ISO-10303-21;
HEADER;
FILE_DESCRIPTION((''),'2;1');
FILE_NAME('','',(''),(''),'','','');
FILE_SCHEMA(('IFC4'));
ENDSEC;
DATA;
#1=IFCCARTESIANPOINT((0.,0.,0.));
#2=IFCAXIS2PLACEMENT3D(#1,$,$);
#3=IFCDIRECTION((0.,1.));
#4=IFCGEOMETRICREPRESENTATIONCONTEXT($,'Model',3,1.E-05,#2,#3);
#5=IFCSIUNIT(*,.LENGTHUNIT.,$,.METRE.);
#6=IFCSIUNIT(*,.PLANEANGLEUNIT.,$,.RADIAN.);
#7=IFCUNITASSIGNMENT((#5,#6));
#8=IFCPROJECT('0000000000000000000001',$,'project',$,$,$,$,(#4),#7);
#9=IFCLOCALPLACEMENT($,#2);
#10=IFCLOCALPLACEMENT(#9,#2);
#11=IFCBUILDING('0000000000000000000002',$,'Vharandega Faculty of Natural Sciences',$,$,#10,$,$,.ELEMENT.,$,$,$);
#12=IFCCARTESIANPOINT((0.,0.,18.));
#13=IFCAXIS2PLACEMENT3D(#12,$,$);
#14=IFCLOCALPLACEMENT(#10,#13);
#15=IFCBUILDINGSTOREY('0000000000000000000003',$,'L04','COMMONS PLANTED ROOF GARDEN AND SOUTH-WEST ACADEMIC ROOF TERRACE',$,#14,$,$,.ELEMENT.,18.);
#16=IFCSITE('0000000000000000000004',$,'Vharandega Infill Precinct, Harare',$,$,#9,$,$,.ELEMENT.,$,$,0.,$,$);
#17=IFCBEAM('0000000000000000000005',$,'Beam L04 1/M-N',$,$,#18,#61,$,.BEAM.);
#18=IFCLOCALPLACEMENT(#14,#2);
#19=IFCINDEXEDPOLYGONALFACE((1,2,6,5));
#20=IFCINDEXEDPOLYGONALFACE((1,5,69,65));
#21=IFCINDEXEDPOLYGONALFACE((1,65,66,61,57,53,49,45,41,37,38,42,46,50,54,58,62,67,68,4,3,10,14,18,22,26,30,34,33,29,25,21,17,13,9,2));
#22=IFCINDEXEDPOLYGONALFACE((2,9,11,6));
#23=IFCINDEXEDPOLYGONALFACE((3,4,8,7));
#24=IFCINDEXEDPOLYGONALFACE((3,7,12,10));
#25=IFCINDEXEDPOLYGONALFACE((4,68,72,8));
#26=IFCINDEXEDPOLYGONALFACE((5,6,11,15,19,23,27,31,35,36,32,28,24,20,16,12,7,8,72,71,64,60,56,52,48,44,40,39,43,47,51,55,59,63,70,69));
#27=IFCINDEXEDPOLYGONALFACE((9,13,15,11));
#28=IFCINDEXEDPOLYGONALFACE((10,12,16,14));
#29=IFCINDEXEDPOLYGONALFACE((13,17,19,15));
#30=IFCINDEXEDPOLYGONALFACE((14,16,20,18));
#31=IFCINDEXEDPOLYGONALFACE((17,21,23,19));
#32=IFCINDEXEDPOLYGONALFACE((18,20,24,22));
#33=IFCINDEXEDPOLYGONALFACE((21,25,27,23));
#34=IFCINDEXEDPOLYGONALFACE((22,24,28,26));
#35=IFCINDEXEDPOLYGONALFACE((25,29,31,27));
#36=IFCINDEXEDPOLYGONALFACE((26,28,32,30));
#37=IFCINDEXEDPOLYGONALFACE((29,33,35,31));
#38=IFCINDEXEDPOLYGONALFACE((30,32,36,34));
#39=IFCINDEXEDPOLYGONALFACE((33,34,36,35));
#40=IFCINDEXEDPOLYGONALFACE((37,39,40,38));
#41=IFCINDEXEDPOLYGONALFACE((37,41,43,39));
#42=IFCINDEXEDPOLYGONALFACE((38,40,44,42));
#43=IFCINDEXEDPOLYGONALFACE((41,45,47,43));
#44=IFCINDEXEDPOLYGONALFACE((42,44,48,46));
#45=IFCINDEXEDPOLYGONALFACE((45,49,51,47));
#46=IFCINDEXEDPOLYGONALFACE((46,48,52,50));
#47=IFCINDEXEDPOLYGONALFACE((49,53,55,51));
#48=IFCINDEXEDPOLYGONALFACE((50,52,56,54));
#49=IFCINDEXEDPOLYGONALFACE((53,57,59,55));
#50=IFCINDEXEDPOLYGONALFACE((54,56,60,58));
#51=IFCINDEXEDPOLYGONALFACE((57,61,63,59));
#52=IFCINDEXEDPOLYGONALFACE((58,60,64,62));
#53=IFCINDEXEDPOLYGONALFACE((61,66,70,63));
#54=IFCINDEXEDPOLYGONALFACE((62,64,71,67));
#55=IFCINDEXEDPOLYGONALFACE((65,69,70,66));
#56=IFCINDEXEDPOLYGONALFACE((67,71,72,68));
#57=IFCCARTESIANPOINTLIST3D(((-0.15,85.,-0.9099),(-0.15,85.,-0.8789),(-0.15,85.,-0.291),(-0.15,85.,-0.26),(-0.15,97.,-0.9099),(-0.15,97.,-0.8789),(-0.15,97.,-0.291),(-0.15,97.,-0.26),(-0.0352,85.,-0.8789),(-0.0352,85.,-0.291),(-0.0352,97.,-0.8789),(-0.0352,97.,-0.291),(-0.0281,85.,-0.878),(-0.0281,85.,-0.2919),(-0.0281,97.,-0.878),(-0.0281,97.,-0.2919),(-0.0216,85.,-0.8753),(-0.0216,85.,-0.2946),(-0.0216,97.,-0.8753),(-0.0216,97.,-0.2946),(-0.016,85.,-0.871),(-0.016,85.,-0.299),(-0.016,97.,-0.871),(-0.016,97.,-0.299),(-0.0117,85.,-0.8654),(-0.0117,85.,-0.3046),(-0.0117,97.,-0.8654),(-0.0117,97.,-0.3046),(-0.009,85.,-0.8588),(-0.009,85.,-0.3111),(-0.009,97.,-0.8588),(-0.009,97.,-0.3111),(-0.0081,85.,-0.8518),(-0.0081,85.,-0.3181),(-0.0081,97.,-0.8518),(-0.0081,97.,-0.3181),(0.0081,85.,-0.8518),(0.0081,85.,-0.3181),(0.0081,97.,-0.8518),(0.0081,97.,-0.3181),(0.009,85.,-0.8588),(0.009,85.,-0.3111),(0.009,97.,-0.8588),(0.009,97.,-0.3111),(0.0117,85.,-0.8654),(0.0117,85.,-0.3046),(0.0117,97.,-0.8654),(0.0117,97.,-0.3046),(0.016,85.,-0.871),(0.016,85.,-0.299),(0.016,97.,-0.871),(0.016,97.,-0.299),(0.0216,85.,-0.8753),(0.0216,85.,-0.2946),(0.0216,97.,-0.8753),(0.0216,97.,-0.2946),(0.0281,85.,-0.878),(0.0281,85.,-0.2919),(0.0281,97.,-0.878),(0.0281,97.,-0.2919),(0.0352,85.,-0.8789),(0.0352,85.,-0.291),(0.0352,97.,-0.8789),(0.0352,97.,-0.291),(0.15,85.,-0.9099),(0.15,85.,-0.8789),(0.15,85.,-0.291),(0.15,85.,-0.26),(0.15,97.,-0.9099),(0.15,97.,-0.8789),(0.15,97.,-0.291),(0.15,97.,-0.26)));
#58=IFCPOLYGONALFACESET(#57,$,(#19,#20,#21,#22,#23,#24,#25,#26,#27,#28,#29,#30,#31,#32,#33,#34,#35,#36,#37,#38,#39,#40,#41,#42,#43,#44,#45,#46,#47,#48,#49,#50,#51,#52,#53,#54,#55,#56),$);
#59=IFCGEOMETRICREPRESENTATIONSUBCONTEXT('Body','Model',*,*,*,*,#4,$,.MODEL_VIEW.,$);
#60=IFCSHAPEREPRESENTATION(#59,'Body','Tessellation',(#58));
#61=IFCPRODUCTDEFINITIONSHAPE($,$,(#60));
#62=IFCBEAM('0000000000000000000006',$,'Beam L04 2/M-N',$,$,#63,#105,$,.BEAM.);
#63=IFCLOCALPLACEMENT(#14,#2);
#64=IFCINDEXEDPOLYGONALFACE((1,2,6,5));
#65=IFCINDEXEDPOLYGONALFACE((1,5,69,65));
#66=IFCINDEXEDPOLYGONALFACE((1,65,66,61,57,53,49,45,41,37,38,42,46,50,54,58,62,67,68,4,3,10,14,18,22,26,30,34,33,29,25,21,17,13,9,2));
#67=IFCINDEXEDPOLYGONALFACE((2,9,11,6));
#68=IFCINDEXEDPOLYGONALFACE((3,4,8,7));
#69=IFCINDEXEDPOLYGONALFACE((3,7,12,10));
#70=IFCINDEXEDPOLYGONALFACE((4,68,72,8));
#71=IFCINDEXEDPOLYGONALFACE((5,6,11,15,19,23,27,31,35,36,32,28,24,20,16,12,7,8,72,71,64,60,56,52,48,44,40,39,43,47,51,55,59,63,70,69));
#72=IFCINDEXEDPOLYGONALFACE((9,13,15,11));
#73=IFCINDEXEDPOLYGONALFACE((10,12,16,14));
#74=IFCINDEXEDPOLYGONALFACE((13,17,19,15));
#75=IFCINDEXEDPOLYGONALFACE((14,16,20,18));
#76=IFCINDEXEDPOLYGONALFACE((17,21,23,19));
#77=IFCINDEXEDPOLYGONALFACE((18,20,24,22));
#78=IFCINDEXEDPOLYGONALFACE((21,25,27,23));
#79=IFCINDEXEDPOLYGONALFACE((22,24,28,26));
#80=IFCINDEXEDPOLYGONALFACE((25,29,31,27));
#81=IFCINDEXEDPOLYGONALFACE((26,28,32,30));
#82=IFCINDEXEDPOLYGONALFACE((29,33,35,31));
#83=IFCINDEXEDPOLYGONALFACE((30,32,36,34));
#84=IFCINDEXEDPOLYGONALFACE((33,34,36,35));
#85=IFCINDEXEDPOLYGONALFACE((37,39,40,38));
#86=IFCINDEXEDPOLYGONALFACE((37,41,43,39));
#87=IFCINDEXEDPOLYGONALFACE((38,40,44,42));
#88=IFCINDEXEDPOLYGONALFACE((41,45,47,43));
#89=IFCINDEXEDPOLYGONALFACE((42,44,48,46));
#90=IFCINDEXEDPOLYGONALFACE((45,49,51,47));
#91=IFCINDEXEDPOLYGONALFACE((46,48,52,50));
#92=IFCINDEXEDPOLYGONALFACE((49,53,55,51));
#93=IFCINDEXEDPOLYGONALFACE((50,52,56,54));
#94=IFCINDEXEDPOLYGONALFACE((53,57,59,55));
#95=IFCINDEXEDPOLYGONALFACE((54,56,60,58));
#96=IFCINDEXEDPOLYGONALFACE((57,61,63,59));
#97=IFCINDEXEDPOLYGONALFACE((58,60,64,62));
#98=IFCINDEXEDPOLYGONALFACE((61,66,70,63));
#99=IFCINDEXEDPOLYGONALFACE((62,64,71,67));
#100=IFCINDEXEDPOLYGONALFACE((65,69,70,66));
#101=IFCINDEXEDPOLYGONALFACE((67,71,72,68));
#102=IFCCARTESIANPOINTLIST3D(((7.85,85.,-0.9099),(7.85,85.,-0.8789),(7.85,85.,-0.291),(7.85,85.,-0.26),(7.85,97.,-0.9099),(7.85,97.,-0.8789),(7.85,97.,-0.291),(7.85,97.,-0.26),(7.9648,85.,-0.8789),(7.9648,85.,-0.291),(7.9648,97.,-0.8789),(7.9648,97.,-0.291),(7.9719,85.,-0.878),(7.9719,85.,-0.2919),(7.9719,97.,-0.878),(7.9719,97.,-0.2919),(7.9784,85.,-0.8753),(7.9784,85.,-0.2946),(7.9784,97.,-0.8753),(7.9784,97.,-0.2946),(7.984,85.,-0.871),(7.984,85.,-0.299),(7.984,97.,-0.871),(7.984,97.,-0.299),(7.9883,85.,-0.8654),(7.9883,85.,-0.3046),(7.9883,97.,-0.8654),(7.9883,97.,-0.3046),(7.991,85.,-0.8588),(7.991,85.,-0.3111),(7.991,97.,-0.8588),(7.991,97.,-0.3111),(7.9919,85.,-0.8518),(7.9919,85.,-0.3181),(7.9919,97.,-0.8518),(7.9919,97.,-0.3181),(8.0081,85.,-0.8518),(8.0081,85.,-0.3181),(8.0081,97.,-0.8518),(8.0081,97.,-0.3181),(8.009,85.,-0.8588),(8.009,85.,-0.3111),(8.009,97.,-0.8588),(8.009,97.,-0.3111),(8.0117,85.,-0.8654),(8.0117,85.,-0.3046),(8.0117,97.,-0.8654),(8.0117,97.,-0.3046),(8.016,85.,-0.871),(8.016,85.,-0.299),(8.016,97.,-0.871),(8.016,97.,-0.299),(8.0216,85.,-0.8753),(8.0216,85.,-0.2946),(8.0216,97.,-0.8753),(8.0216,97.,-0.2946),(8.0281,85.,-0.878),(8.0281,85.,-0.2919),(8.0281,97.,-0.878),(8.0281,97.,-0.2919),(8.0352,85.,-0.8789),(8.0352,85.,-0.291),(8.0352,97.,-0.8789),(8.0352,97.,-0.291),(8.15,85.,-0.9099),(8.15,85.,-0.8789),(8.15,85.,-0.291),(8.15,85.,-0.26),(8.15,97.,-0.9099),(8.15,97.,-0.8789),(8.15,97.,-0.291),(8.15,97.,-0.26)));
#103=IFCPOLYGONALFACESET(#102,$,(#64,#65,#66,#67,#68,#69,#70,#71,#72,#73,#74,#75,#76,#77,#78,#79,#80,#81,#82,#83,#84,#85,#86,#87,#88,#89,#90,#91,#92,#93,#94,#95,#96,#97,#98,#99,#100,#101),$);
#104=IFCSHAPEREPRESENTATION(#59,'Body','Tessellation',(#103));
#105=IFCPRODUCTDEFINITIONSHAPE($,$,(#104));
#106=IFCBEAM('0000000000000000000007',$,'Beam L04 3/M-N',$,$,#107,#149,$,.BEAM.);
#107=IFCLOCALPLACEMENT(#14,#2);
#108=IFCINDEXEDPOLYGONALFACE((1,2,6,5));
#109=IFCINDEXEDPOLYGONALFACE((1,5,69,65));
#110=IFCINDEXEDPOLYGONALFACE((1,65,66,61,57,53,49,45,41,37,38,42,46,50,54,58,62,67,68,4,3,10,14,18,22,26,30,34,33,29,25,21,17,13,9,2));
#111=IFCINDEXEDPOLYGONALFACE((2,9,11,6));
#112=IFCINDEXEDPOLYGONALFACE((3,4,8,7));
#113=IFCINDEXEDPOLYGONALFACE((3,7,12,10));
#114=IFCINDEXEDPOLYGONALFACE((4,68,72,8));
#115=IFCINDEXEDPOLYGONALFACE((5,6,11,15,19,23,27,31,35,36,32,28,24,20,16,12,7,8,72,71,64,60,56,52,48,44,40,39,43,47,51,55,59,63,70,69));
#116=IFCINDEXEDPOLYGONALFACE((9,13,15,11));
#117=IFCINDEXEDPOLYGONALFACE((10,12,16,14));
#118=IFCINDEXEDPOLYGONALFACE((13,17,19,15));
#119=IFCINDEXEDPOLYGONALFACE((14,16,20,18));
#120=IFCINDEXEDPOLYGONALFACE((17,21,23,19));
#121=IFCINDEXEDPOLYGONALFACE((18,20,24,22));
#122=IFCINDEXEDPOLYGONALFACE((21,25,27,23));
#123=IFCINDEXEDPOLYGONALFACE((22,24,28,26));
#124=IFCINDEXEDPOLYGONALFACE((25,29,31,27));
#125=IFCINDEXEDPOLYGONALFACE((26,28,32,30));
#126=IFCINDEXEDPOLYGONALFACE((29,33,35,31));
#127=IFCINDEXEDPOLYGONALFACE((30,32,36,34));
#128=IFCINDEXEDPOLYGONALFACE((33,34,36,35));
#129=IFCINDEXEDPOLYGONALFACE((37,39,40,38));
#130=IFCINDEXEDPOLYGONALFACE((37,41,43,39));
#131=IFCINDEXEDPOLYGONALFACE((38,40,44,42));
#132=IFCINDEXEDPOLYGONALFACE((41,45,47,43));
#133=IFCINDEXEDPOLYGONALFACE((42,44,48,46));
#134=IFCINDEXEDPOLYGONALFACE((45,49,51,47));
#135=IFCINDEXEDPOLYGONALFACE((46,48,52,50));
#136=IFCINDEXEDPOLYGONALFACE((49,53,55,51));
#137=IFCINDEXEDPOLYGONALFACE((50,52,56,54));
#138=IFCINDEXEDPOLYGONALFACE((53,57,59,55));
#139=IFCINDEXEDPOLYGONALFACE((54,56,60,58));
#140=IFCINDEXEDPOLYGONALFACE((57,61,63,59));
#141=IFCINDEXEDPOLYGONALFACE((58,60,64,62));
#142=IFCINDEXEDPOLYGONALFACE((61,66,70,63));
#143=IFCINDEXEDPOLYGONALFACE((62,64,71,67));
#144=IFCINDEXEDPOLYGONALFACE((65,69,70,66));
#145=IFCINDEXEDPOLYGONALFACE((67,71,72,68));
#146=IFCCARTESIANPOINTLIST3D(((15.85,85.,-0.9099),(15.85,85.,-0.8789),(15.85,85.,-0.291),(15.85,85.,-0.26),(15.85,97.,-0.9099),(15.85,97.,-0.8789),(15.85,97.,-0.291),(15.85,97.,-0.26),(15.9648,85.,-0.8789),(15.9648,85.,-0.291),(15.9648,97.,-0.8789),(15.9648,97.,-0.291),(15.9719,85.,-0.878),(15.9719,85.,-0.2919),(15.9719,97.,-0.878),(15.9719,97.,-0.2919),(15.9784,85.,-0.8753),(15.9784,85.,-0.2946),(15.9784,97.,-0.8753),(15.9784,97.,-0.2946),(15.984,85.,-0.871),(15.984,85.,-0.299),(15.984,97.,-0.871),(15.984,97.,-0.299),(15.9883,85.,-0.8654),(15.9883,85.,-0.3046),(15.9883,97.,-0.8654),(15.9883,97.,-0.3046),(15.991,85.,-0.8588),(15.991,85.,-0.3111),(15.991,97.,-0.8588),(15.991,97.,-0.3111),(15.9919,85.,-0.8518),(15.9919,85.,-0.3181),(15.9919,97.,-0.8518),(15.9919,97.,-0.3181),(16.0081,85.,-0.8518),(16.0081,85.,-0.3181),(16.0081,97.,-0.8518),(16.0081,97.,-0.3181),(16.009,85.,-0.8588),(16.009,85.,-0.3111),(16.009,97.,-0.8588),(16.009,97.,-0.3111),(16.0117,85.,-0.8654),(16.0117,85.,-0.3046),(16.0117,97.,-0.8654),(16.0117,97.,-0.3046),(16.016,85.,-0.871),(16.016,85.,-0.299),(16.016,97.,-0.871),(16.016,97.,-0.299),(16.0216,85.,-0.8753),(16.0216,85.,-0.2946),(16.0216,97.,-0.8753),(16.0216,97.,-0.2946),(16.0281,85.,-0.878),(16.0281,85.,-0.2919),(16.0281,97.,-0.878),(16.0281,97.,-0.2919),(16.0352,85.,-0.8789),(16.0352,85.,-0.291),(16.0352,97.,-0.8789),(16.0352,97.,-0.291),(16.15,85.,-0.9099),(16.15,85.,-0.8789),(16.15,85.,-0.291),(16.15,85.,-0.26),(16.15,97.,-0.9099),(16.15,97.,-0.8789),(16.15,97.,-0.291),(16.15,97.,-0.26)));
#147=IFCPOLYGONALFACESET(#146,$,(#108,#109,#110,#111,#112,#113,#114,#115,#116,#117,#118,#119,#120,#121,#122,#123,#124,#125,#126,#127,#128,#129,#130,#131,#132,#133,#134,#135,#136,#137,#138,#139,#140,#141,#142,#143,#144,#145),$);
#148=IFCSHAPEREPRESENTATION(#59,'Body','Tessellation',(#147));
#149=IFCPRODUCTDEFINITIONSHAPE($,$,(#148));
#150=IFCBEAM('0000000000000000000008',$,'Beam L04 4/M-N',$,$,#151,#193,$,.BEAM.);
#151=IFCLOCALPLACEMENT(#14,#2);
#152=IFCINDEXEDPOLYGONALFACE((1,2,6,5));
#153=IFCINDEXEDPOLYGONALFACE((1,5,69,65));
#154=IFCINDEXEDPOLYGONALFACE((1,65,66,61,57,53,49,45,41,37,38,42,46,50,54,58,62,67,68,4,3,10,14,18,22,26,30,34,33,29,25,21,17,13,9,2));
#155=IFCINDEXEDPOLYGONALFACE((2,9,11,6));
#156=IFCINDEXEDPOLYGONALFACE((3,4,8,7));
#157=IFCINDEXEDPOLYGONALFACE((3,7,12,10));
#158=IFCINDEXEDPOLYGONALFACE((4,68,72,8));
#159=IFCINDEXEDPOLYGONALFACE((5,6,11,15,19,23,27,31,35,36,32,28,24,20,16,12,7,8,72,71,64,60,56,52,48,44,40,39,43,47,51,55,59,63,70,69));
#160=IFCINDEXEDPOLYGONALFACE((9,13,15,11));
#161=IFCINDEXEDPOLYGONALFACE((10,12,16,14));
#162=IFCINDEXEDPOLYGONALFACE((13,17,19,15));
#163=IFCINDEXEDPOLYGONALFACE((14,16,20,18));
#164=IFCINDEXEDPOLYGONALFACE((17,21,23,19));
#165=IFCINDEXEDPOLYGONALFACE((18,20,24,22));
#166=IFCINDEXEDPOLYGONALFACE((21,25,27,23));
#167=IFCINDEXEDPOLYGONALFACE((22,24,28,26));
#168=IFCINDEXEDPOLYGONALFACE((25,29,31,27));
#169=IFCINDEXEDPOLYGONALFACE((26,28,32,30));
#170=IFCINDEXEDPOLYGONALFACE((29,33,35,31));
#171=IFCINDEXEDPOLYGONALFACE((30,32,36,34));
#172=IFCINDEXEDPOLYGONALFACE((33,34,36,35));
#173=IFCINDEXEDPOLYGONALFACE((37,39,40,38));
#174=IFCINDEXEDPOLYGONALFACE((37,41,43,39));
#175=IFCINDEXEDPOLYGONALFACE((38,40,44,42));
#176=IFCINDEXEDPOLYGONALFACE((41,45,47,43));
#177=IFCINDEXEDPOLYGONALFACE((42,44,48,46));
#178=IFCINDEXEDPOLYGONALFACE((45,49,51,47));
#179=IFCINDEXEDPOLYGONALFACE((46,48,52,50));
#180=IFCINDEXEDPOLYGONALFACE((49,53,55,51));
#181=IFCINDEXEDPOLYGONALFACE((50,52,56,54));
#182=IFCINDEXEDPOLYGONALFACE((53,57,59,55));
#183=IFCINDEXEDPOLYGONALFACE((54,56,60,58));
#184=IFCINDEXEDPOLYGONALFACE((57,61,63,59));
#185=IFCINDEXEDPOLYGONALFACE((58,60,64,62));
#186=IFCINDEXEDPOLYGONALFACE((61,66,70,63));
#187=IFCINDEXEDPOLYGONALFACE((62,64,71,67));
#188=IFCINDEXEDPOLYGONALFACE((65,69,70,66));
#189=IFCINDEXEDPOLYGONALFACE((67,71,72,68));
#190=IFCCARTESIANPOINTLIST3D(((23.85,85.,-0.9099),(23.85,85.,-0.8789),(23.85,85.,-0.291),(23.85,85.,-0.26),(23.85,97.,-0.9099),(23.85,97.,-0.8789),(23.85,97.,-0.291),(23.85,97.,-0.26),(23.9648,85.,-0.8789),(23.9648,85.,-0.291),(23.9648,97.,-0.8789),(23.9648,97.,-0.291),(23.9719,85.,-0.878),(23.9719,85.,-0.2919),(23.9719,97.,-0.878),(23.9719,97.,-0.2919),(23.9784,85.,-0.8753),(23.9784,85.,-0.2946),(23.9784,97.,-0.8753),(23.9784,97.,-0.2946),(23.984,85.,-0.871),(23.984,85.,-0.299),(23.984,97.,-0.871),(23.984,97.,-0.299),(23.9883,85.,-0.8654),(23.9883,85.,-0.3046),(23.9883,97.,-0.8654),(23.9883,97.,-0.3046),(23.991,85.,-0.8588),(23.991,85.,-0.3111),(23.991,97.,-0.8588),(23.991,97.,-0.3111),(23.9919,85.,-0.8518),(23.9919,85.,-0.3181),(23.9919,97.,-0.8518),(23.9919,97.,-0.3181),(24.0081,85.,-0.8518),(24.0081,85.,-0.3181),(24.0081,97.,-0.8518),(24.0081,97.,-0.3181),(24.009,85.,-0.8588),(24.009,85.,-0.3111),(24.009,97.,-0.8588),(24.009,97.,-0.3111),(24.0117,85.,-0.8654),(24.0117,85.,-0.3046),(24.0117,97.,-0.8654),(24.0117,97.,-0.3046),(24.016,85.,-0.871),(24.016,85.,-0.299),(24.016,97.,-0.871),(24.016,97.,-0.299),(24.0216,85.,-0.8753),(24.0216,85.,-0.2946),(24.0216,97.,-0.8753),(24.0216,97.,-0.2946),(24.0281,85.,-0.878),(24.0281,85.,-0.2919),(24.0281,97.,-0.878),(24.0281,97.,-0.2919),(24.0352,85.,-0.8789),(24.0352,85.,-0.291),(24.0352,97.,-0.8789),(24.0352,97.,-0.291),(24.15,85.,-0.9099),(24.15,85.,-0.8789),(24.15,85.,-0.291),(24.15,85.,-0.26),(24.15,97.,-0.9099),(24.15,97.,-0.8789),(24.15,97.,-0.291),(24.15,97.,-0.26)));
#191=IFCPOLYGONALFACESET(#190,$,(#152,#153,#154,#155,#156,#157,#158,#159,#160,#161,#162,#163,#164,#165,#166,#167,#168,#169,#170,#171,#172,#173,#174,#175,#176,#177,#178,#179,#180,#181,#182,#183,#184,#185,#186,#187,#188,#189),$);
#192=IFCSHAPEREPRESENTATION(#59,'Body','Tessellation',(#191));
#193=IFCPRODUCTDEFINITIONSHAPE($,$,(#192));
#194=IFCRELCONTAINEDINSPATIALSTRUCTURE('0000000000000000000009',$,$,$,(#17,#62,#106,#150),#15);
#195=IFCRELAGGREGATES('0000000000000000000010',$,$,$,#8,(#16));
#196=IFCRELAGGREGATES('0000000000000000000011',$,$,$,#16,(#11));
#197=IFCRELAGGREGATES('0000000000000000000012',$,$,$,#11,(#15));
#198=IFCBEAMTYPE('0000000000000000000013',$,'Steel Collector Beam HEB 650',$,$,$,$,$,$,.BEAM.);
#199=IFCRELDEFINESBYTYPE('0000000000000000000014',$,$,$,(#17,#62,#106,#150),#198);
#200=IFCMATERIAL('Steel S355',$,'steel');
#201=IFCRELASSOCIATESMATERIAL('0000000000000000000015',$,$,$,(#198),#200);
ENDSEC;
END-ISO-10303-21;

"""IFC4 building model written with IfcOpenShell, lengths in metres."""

from ifc_helpers import new_model, si_unit, direction, frame, origin, origin_2d, place, context, subcontext, project, spatial, i_section, extrude, material, material_profile, profile_set, type_object, element, save


model = new_model("IFC4")

# Units and contexts
model_context = context("Model", 3, precision=1e-05, world=origin(), true_north=direction((0.0, 1.0)))
body_context = subcontext(model_context, "Body", "Model", "MODEL_VIEW")
ifc_project = project(units=[si_unit("LENGTHUNIT", "METRE"), si_unit("PLANEANGLEUNIT", "RADIAN")], contexts=[model_context])

# Site, building, storey
site_placement = place(None, origin())
site = spatial("IfcSite", under=ifc_project, at=site_placement, Name="Vharandega Infill Precinct, Harare", CompositionType="ELEMENT", RefElevation=0.0)
building_placement = place(site_placement, origin())
building = spatial("IfcBuilding", under=site, at=building_placement, Name="Vharandega Faculty of Natural Sciences", CompositionType="ELEMENT")
storey_placement = place(building_placement, frame((0.0, 0.0, 18.0)))
storey = spatial("IfcBuildingStorey", under=building, at=storey_placement, Name="L04", Description="COMMONS PLANTED ROOF GARDEN AND SOUTH-WEST ACADEMIC ROOF TERRACE", CompositionType="ELEMENT", Elevation=18.0)

# Beams
ifc_material_1 = material(Name="Steel S355", Category="steel")
ifc_material_profile_1 = material_profile(ifc_material_1, i_section(OverallWidth=0.3, OverallDepth=0.6499, WebThickness=0.0161, FlangeThickness=0.031, FilletRadius=0.0271, at=origin_2d()), Name="HEB 650")
ifc_profile_set_1 = profile_set([ifc_material_profile_1], Name="Steel S355")
beam_type_1 = type_object("IfcBeamType", Name="Steel Collector Beam HEB 650", PredefinedType="BEAM", material=ifc_profile_set_1)
for number, where, z_axis, x_axis, name in (
    (1, (0.0, 85.0, -0.585), (0.0, 1.0, 0.0), (-1.0, 0.0, 0.0), "Beam L04 1/M-N"),
    (2, (8.0, 85.0, -0.585), (0.0, 1.0, 0.0), (-1.0, 0.0, 0.0), "Beam L04 2/M-N"),
    (3, (16.0, 85.0, -0.585), (0.0, 1.0, 0.0), (-1.0, 0.0, 0.0), "Beam L04 3/M-N"),
    (4, (24.0, 85.0, -0.585), (0.0, 1.0, 0.0), (-1.0, 0.0, 0.0), "Beam L04 4/M-N"),
):
    element("IfcBeam", number, at=place(storey_placement, frame(where, z_axis=z_axis, x_axis=x_axis)), inside=storey, type_object=beam_type_1, Name=name, PredefinedType="BEAM", context=body_context, shape_type="SweptSolid", body=[
        extrude(i_section(OverallWidth=0.3, OverallDepth=0.6499, WebThickness=0.0161, FlangeThickness=0.031, FilletRadius=0.0271, at=origin_2d()), origin(), (0.0, 0.0, 1.0), 12.0),
    ])

save(model, "model.ifc")
